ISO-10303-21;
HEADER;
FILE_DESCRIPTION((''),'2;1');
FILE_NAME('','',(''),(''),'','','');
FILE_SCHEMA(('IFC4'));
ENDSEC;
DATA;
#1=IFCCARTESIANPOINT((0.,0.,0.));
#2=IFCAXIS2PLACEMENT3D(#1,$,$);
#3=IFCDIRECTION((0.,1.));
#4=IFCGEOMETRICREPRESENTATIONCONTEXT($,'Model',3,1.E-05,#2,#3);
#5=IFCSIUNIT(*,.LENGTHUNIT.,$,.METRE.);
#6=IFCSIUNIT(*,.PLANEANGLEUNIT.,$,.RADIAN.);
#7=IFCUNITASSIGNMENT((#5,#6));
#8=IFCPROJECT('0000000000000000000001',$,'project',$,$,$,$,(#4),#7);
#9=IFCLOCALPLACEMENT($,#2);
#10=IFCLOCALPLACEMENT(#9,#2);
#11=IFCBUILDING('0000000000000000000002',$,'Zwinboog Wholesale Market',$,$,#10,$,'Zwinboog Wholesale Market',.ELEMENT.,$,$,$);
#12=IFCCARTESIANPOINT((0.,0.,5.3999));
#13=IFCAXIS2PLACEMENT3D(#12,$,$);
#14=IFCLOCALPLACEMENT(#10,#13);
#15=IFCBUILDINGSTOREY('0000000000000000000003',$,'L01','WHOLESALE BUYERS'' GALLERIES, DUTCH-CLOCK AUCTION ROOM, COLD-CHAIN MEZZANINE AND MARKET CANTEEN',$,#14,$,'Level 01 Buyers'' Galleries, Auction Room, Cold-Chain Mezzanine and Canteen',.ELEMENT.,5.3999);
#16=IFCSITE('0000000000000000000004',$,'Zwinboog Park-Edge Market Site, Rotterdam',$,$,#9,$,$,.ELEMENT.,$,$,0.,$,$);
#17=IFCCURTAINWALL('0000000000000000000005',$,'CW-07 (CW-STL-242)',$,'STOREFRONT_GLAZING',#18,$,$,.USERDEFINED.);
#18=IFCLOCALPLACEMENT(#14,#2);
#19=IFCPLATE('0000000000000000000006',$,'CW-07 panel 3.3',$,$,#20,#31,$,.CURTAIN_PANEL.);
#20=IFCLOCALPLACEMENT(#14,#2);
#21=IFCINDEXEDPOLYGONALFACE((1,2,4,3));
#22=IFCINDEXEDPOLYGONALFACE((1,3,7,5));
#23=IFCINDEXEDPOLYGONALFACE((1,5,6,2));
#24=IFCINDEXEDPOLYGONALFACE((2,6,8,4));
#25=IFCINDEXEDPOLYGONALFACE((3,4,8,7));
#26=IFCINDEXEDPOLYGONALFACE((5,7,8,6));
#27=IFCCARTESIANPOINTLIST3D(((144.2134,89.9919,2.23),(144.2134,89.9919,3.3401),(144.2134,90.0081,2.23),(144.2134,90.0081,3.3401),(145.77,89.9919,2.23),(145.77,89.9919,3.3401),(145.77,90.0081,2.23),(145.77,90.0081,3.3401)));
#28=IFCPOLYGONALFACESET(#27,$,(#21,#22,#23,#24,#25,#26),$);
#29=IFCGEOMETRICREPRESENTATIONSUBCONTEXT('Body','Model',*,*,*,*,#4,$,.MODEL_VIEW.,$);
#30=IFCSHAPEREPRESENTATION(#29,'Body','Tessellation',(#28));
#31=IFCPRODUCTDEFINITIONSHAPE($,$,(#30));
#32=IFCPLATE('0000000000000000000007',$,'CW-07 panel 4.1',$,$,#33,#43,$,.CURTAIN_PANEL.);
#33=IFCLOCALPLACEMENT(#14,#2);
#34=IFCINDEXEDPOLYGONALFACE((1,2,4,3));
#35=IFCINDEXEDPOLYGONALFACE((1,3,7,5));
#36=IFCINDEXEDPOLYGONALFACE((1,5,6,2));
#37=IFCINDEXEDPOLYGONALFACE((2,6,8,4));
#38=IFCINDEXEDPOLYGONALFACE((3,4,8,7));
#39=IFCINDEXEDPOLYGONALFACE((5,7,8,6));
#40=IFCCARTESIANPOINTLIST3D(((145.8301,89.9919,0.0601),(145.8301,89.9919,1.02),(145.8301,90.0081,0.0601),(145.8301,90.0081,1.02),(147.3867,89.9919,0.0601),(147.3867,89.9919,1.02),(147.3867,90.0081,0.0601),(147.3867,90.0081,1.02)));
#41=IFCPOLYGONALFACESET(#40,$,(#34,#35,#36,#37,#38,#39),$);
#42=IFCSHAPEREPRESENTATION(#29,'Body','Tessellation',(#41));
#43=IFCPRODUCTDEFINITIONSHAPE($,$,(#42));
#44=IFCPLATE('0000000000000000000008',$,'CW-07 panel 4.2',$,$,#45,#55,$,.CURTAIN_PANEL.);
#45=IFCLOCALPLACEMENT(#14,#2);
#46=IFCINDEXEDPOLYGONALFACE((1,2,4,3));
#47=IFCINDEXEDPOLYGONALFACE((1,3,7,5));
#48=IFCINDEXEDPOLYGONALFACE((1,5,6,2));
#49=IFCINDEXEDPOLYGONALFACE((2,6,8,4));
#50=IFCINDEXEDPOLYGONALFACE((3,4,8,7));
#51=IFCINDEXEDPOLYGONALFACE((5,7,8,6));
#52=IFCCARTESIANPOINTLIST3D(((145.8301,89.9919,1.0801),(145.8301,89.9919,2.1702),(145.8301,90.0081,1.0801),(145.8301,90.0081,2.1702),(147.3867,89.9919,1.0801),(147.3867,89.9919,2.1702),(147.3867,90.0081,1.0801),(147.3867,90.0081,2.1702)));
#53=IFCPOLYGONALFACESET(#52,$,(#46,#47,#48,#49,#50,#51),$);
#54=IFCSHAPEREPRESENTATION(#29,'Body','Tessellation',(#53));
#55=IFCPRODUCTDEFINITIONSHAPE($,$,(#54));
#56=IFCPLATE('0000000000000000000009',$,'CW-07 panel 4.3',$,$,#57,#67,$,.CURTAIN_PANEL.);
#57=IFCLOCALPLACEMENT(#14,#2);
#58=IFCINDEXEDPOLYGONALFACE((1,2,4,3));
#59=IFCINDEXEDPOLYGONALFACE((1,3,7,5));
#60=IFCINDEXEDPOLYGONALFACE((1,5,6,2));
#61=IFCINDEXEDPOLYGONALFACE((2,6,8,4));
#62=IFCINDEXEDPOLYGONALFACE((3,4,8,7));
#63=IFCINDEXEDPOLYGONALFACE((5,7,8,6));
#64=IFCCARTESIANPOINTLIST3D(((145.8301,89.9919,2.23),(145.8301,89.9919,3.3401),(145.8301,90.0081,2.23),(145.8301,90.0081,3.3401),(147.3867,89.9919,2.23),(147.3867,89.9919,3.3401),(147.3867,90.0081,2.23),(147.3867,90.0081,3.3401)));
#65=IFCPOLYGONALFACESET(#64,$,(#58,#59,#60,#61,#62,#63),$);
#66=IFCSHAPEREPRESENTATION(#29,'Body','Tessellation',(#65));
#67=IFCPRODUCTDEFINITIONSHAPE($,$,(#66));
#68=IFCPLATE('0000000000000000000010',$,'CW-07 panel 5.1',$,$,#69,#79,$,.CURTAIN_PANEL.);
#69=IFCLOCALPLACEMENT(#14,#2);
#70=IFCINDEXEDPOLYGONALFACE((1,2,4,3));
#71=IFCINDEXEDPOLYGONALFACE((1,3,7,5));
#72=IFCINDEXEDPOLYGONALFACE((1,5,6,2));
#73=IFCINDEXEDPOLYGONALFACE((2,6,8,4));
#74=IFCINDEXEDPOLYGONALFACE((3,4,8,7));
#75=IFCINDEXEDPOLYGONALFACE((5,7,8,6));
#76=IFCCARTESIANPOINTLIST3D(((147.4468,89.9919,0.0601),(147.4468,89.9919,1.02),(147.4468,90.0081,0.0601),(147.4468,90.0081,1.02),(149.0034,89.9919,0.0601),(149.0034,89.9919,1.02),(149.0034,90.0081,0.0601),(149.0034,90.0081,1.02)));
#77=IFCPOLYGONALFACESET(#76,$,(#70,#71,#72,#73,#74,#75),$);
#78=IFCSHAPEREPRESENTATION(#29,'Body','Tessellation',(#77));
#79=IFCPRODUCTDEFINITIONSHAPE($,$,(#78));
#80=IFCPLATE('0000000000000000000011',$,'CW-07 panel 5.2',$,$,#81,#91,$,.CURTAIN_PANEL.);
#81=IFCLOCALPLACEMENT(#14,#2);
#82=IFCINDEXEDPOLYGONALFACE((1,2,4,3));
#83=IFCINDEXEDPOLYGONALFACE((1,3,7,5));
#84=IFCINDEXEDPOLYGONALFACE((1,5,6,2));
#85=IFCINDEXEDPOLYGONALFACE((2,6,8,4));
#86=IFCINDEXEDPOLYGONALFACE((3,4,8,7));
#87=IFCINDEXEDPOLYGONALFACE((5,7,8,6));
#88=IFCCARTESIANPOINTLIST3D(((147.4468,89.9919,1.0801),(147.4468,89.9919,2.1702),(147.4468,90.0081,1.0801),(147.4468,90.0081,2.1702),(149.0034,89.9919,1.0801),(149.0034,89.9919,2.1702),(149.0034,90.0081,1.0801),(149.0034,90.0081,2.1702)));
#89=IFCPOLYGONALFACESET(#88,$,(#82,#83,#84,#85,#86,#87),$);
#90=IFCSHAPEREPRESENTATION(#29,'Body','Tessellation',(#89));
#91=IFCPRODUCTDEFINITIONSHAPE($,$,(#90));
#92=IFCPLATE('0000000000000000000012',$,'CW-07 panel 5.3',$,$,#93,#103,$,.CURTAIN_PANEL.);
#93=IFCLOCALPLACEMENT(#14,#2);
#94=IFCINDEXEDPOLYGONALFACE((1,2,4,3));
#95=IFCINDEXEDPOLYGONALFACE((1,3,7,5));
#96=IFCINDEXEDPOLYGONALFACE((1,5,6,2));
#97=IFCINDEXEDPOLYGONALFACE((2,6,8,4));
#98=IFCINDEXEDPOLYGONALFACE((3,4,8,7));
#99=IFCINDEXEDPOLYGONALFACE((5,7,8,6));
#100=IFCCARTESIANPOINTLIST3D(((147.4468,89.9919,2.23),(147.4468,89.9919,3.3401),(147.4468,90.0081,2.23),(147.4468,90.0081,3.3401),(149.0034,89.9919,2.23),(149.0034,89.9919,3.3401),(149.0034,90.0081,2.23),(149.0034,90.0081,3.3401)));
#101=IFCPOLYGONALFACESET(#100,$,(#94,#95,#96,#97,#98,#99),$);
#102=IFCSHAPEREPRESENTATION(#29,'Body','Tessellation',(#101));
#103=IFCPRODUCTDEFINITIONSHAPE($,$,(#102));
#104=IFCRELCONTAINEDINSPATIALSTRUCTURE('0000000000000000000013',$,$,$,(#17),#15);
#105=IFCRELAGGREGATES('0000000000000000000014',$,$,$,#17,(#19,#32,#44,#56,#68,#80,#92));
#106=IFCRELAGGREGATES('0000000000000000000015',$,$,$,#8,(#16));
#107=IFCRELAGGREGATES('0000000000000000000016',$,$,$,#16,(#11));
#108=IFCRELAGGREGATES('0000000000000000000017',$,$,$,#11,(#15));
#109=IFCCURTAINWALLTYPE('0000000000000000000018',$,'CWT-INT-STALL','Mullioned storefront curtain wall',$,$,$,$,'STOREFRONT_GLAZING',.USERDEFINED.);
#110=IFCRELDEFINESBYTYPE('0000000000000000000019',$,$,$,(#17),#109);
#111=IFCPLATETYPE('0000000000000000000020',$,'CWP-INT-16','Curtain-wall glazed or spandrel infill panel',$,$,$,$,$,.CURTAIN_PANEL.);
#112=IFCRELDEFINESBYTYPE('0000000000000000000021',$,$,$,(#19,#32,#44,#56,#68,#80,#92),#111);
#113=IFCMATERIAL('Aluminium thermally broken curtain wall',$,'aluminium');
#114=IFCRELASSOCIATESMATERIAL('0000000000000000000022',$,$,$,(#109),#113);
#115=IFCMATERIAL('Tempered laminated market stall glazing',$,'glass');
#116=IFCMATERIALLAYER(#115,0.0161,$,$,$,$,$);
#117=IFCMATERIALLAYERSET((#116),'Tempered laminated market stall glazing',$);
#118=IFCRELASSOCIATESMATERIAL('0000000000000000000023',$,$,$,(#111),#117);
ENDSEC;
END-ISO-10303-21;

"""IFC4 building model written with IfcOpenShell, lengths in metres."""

from ifc_helpers import new_model, si_unit, direction, frame, origin, origin_2d, place, context, subcontext, project, spatial, rectangle, extrude, material, layer, layer_set, type_object, element, aggregate, save


model = new_model("IFC4")

# Units and contexts
model_context = context("Model", 3, precision=1e-05, world=origin(), true_north=direction((0.0, 1.0)))
body_context = subcontext(model_context, "Body", "Model", "MODEL_VIEW")
ifc_project = project(units=[si_unit("LENGTHUNIT", "METRE"), si_unit("PLANEANGLEUNIT", "RADIAN")], contexts=[model_context])

# Site, building, storey
site_placement = place(None, origin())
site = spatial("IfcSite", under=ifc_project, at=site_placement, Name="Zwinboog Park-Edge Market Site, Rotterdam", CompositionType="ELEMENT", RefElevation=0.0)
building_placement = place(site_placement, origin())
building = spatial("IfcBuilding", under=site, at=building_placement, Name="Zwinboog Wholesale Market", LongName="Zwinboog Wholesale Market", CompositionType="ELEMENT")
storey_placement = place(building_placement, frame((0.0, 0.0, 5.3999)))
storey = spatial("IfcBuildingStorey", under=building, at=storey_placement, Name="L01", Description="WHOLESALE BUYERS' GALLERIES, DUTCH-CLOCK AUCTION ROOM, COLD-CHAIN MEZZANINE AND MARKET CANTEEN", LongName="Level 01 Buyers' Galleries, Auction Room, Cold-Chain Mezzanine and Canteen", CompositionType="ELEMENT", Elevation=5.3999)

# Curtain wall, plates
ifc_material_1 = material(Name="Aluminium thermally broken curtain wall", Category="aluminium")
curtain_wall_type = type_object("IfcCurtainWallType", Name="CWT-INT-STALL", Description="Mullioned storefront curtain wall", ElementType="STOREFRONT_GLAZING", PredefinedType="USERDEFINED", material=ifc_material_1)
curtain_wall_placement = place(storey_placement, origin())
curtain_wall = element("IfcCurtainWall", 1, at=curtain_wall_placement, inside=storey, type_object=curtain_wall_type, Name="CW-07 (CW-STL-242)", ObjectType="STOREFRONT_GLAZING", PredefinedType="USERDEFINED")
ifc_material_2 = material(Name="Tempered laminated market stall glazing", Category="glass")
ifc_layer = layer(ifc_material_2, 0.0161)
ifc_layer_set = layer_set([ifc_layer], Name="Tempered laminated market stall glazing")
plate_type = type_object("IfcPlateType", Name="CWP-INT-16", Description="Curtain-wall glazed or spandrel infill panel", PredefinedType="CURTAIN_PANEL", material=ifc_layer_set)
plate_1_placement = place(storey_placement, frame((144.9917, 90.0, 2.23), z_axis=(0.0, 0.0, 1.0), x_axis=(1.0, 0.0, 0.0)))
plate_1 = element("IfcPlate", 2, at=plate_1_placement, type_object=plate_type, Name="CW-07 panel 3.3", PredefinedType="CURTAIN_PANEL", context=body_context, shape_type="SweptSolid", body=[
    extrude(rectangle(XDim=1.5566, YDim=0.0161, at=origin_2d()), origin(), (0.0, 0.0, 1.0), 1.1101),
])
plate_2_placement = place(storey_placement, frame((146.6084, 90.0, 0.0601), z_axis=(0.0, 0.0, 1.0), x_axis=(1.0, 0.0, 0.0)))
plate_2 = element("IfcPlate", 3, at=plate_2_placement, type_object=plate_type, Name="CW-07 panel 4.1", PredefinedType="CURTAIN_PANEL", context=body_context, shape_type="SweptSolid", body=[
    extrude(rectangle(XDim=1.5566, YDim=0.0161, at=origin_2d()), origin(), (0.0, 0.0, 1.0), 0.96),
])
plate_3_placement = place(storey_placement, frame((146.6084, 90.0, 1.0801), z_axis=(0.0, 0.0, 1.0), x_axis=(1.0, 0.0, 0.0)))
plate_3 = element("IfcPlate", 4, at=plate_3_placement, type_object=plate_type, Name="CW-07 panel 4.2", PredefinedType="CURTAIN_PANEL", context=body_context, shape_type="SweptSolid", body=[
    extrude(rectangle(XDim=1.5566, YDim=0.0161, at=origin_2d()), origin(), (0.0, 0.0, 1.0), 1.0901),
])
plate_4_placement = place(storey_placement, frame((146.6084, 90.0, 2.23), z_axis=(0.0, 0.0, 1.0), x_axis=(1.0, 0.0, 0.0)))
plate_4 = element("IfcPlate", 5, at=plate_4_placement, type_object=plate_type, Name="CW-07 panel 4.3", PredefinedType="CURTAIN_PANEL", context=body_context, shape_type="SweptSolid", body=[
    extrude(rectangle(XDim=1.5566, YDim=0.0161, at=origin_2d()), origin(), (0.0, 0.0, 1.0), 1.1101),
])
plate_5_placement = place(storey_placement, frame((148.2251, 90.0, 0.0601), z_axis=(0.0, 0.0, 1.0), x_axis=(1.0, 0.0, 0.0)))
plate_5 = element("IfcPlate", 6, at=plate_5_placement, type_object=plate_type, Name="CW-07 panel 5.1", PredefinedType="CURTAIN_PANEL", context=body_context, shape_type="SweptSolid", body=[
    extrude(rectangle(XDim=1.5566, YDim=0.0161, at=origin_2d()), origin(), (0.0, 0.0, 1.0), 0.96),
])
plate_6_placement = place(storey_placement, frame((148.2251, 90.0, 1.0801), z_axis=(0.0, 0.0, 1.0), x_axis=(1.0, 0.0, 0.0)))
plate_6 = element("IfcPlate", 7, at=plate_6_placement, type_object=plate_type, Name="CW-07 panel 5.2", PredefinedType="CURTAIN_PANEL", context=body_context, shape_type="SweptSolid", body=[
    extrude(rectangle(XDim=1.5566, YDim=0.0161, at=origin_2d()), origin(), (0.0, 0.0, 1.0), 1.0901),
])
plate_7_placement = place(storey_placement, frame((148.2251, 90.0, 2.23), z_axis=(0.0, 0.0, 1.0), x_axis=(1.0, 0.0, 0.0)))
plate_7 = element("IfcPlate", 8, at=plate_7_placement, type_object=plate_type, Name="CW-07 panel 5.3", PredefinedType="CURTAIN_PANEL", context=body_context, shape_type="SweptSolid", body=[
    extrude(rectangle(XDim=1.5566, YDim=0.0161, at=origin_2d()), origin(), (0.0, 0.0, 1.0), 1.1101),
])
aggregate(curtain_wall, [plate_1, plate_2, plate_3, plate_4, plate_5, plate_6, plate_7])

save(model, "model.ifc")
